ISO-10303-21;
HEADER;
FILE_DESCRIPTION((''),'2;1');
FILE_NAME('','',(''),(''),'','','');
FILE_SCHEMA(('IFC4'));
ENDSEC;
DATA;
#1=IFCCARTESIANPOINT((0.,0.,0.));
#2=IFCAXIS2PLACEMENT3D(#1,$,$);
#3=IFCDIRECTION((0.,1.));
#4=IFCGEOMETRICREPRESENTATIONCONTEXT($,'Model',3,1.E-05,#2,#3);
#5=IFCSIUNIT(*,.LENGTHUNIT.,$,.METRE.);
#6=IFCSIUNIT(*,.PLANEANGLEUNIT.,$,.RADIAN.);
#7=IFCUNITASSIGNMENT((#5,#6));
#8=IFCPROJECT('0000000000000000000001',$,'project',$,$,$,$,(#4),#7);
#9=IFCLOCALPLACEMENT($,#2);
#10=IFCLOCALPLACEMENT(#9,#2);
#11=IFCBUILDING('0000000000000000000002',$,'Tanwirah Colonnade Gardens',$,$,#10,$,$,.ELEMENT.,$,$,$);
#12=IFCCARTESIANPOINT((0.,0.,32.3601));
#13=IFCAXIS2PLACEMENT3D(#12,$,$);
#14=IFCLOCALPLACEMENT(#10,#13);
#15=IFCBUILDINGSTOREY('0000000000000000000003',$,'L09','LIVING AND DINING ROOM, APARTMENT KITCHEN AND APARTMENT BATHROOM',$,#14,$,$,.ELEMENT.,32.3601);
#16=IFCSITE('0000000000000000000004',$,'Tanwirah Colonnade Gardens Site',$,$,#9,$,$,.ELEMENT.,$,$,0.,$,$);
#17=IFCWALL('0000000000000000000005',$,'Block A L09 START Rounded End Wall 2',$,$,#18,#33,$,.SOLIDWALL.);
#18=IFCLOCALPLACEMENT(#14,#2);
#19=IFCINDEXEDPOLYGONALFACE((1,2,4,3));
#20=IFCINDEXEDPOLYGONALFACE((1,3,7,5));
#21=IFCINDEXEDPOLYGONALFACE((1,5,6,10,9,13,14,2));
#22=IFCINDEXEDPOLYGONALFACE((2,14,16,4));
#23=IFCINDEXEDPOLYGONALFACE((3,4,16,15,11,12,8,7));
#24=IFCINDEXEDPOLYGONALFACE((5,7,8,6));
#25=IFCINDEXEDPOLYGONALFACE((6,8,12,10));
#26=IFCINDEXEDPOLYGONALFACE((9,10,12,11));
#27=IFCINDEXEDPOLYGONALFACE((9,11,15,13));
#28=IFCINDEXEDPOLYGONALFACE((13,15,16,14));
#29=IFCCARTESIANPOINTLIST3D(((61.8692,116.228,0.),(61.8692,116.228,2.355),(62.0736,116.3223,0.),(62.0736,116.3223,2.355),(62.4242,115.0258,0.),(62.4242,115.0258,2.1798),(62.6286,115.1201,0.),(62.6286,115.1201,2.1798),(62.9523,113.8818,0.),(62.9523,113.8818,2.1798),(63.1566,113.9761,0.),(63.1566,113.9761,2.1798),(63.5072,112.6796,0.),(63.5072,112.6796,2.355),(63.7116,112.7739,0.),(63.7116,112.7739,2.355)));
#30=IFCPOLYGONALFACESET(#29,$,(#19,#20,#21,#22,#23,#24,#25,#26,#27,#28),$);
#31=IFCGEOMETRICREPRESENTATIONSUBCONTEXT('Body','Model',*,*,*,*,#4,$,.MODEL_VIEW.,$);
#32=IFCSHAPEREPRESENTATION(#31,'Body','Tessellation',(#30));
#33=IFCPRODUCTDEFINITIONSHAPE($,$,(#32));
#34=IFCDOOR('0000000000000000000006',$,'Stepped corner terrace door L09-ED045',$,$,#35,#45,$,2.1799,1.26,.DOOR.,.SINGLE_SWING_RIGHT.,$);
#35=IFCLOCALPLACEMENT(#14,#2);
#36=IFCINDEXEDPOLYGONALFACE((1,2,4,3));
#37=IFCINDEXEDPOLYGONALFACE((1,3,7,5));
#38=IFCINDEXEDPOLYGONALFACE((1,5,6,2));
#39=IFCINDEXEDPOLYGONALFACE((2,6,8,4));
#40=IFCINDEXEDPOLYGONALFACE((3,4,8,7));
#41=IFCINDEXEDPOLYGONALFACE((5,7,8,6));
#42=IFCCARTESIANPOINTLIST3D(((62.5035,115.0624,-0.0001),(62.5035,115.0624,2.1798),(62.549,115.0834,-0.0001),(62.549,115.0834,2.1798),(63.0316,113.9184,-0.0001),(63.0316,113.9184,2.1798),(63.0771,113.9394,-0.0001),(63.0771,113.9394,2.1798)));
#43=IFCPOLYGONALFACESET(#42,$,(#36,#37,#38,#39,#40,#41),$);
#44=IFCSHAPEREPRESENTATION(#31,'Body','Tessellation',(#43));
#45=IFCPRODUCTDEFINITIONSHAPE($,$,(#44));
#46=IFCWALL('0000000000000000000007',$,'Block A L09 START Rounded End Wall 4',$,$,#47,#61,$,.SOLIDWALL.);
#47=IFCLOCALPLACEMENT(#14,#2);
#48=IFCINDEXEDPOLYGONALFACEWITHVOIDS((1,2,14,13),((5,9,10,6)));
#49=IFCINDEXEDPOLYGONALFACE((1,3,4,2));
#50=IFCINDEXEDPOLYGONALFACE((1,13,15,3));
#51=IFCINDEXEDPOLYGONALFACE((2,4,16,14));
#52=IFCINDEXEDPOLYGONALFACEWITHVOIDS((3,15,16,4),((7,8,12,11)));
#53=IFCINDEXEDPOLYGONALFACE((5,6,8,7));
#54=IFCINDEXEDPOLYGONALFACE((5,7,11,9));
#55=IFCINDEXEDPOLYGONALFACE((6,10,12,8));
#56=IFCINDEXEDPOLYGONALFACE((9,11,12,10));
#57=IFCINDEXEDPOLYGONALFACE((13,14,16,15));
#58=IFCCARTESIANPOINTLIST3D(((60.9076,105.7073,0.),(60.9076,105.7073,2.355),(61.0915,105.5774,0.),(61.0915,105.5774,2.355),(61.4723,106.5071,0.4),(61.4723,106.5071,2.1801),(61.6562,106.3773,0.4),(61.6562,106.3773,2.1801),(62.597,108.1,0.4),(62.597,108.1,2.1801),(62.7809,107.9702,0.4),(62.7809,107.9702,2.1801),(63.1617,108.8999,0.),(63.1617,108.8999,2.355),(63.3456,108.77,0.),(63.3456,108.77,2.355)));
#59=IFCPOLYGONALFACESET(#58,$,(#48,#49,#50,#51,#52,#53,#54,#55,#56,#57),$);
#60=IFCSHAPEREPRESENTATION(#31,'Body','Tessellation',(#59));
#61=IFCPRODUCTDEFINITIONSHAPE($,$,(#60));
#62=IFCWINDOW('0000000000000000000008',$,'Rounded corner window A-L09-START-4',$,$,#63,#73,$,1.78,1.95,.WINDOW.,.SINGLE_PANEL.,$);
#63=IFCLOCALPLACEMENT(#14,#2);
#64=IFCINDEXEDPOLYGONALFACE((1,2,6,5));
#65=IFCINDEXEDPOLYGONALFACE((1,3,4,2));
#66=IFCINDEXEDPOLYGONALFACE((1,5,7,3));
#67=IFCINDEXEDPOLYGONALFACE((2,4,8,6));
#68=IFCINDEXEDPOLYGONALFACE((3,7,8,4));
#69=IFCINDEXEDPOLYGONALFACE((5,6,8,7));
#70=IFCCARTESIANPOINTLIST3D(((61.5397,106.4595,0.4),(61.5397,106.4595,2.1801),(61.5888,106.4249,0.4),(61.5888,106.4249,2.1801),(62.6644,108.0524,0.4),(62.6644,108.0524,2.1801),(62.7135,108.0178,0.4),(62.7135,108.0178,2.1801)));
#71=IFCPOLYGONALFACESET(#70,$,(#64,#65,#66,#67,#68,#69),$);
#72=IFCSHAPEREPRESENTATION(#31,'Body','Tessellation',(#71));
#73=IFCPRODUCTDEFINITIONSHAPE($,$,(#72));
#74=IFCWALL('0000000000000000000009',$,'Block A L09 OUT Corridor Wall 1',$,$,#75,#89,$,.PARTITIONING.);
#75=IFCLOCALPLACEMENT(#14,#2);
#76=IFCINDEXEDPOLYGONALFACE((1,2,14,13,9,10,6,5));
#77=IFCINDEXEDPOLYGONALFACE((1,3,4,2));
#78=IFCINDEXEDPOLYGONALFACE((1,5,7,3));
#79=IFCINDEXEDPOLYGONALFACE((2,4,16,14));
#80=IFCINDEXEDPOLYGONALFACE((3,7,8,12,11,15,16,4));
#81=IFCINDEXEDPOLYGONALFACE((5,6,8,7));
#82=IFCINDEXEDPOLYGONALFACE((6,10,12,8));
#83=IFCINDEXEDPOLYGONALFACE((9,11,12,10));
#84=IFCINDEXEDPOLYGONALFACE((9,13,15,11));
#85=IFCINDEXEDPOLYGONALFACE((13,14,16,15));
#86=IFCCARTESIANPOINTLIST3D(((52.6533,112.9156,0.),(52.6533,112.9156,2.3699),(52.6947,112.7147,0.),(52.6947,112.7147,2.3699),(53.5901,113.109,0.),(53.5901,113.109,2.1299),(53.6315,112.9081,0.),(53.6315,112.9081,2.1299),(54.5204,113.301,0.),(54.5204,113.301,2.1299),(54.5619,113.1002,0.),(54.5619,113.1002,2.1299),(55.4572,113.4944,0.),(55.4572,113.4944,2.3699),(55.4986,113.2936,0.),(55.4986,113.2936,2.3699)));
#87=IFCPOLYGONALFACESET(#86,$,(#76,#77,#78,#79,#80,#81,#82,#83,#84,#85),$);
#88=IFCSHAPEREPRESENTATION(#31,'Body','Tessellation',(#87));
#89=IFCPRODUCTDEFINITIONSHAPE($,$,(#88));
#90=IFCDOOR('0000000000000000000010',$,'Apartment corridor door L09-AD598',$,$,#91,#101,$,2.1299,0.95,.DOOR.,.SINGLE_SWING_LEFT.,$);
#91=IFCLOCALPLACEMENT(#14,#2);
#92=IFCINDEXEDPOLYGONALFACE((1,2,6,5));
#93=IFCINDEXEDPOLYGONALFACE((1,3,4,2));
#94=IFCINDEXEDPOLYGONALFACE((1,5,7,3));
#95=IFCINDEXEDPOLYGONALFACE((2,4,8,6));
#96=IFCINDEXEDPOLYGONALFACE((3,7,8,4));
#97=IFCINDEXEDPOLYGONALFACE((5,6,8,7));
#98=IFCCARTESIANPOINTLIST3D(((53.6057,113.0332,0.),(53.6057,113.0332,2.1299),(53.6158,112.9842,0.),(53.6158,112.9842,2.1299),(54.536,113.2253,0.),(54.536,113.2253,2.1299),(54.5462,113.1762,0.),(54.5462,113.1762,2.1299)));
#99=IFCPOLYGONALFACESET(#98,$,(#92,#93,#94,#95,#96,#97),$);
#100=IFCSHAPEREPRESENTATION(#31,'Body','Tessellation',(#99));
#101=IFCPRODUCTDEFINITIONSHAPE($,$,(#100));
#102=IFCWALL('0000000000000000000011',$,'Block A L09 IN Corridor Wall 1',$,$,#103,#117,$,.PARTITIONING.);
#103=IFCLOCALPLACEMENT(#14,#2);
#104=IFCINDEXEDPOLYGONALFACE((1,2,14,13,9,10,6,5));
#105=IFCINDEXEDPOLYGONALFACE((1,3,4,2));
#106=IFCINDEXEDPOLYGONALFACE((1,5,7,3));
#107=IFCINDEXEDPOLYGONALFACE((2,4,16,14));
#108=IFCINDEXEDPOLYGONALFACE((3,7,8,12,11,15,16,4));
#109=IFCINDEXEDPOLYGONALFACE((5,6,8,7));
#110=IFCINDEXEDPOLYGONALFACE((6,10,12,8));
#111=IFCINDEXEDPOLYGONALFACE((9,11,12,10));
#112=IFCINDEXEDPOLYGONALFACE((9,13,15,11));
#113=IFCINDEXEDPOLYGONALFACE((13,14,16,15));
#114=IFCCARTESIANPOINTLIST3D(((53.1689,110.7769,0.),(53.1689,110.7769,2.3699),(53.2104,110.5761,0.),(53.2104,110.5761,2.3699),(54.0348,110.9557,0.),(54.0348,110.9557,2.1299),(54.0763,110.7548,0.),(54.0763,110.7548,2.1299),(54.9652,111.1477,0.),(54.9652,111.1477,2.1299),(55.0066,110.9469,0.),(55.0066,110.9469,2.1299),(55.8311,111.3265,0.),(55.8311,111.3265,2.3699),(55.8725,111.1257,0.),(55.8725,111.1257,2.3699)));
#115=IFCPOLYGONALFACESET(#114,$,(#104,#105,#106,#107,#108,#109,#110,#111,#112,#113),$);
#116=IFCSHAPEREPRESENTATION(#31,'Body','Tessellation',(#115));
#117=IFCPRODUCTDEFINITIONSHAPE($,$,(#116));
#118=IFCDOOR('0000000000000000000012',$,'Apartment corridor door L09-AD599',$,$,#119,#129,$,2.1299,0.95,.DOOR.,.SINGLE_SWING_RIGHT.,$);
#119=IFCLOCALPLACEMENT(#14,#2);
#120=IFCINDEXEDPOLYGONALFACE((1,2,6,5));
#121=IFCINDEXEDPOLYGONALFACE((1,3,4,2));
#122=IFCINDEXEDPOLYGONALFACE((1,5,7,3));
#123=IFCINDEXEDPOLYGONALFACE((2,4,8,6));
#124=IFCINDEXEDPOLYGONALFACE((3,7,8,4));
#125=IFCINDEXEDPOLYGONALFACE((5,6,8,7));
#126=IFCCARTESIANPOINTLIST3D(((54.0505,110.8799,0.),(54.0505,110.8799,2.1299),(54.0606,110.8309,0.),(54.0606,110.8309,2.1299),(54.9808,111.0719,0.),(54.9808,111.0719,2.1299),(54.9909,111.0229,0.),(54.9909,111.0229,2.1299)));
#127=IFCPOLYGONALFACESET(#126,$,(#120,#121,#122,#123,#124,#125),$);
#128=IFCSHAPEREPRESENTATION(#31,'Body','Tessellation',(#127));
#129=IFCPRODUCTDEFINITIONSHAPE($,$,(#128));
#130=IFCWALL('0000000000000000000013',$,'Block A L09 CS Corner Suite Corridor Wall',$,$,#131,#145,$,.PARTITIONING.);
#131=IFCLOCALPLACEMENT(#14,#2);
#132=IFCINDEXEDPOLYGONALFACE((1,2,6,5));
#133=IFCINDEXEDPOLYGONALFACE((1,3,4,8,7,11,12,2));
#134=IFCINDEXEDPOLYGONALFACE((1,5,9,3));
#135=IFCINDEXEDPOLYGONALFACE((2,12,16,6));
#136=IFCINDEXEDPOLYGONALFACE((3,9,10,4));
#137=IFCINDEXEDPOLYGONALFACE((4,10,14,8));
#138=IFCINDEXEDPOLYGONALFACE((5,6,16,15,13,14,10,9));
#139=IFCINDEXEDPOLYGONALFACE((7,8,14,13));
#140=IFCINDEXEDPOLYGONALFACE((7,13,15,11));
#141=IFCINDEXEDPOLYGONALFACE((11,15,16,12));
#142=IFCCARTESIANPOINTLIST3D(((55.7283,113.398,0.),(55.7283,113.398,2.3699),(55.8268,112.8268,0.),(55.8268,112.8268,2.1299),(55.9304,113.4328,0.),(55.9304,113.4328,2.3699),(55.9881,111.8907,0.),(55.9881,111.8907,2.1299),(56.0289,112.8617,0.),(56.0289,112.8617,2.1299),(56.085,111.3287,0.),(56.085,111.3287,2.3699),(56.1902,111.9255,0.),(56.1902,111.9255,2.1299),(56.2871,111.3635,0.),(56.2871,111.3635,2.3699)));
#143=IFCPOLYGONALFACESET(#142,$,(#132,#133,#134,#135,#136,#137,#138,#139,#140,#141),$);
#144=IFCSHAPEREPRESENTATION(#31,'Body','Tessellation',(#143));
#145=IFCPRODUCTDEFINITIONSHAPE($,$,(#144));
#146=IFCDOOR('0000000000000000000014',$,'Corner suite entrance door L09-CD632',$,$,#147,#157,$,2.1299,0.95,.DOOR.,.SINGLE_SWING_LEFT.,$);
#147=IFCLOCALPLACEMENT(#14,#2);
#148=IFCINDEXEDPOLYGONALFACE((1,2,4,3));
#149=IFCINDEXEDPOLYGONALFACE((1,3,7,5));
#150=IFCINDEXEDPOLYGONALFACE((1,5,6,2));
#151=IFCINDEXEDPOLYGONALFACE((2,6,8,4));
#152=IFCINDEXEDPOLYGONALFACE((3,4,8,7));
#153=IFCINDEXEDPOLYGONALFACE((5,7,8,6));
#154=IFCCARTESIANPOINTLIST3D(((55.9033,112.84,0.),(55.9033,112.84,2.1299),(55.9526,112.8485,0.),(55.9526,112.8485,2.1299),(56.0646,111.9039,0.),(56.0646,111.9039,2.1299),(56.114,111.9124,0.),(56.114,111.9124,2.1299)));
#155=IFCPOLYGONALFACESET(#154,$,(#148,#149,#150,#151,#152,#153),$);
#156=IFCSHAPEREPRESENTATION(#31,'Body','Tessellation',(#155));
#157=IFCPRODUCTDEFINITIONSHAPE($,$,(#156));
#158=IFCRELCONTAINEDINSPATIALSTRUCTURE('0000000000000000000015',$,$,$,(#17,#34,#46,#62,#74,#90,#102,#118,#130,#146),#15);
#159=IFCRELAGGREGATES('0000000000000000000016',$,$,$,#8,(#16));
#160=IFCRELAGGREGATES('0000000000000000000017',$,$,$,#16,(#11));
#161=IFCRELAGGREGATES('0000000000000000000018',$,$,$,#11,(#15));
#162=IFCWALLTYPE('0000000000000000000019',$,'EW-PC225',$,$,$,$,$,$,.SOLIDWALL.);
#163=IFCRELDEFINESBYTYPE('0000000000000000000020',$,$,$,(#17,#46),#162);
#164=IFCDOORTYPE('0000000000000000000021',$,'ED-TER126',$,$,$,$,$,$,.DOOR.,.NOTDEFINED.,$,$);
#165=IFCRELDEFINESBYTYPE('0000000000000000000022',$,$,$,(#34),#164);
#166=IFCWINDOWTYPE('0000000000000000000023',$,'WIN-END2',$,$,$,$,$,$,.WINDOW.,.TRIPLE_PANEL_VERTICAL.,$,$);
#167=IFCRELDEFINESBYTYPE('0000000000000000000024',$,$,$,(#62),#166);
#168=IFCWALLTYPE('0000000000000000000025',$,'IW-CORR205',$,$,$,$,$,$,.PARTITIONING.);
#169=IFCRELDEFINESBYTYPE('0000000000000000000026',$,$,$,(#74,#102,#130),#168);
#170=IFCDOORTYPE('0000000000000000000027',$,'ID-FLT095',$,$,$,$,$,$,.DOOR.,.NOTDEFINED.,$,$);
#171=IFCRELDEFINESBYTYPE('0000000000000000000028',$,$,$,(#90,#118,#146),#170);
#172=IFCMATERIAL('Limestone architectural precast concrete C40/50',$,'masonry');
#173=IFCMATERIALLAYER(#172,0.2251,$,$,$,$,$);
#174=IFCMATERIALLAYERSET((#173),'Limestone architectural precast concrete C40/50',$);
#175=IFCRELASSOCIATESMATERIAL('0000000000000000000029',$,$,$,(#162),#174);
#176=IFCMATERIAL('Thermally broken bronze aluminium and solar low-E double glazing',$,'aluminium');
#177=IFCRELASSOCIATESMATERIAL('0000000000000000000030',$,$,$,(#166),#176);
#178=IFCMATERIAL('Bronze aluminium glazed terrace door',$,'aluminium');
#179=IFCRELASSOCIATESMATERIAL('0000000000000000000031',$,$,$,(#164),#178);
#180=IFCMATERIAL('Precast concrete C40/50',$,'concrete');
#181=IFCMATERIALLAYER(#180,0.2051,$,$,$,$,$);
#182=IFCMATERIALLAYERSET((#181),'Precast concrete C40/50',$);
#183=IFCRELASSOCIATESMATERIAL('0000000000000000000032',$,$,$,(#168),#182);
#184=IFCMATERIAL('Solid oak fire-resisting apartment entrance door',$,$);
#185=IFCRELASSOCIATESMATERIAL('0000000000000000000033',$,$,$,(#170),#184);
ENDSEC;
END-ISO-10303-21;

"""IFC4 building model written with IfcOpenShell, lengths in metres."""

from ifc_helpers import new_model, si_unit, direction, frame, frame_2d, origin, place, context, subcontext, project, spatial, rectangle, extrude, material, layer, layer_set, type_object, element, fill, save


model = new_model("IFC4")

# Units and contexts
model_context = context("Model", 3, precision=1e-05, world=origin(), true_north=direction((0.0, 1.0)))
body_context = subcontext(model_context, "Body", "Model", "MODEL_VIEW")
ifc_project = project(units=[si_unit("LENGTHUNIT", "METRE"), si_unit("PLANEANGLEUNIT", "RADIAN")], contexts=[model_context])

# Site, building, storey
site_placement = place(None, origin())
site = spatial("IfcSite", under=ifc_project, at=site_placement, Name="Tanwirah Colonnade Gardens Site", CompositionType="ELEMENT", RefElevation=0.0)
building_placement = place(site_placement, origin())
building = spatial("IfcBuilding", under=site, at=building_placement, Name="Tanwirah Colonnade Gardens", CompositionType="ELEMENT")
storey_placement = place(building_placement, frame((0.0, 0.0, 32.3601)))
storey = spatial("IfcBuildingStorey", under=building, at=storey_placement, Name="L09", Description="LIVING AND DINING ROOM, APARTMENT KITCHEN AND APARTMENT BATHROOM", CompositionType="ELEMENT", Elevation=32.3601)

# Shared definitions
ifc_material_1 = material(Name="Precast concrete C40/50", Category="concrete")

# Shared definitions
ifc_material_2 = material(Name="Limestone architectural precast concrete C40/50", Category="masonry")
ifc_layer_1 = layer(ifc_material_2, 0.2251)
ifc_layer_set_1 = layer_set([ifc_layer_1], Name="Limestone architectural precast concrete C40/50")
wall_type_1 = type_object("IfcWallType", Name="EW-PC225", PredefinedType="SOLIDWALL", material=ifc_layer_set_1)
ifc_material_3 = material(Name="Thermally broken bronze aluminium and solar low-E double glazing", Category="aluminium")
window_type = type_object("IfcWindowType", Name="WIN-END2", PartitioningType="TRIPLE_PANEL_VERTICAL", PredefinedType="WINDOW", material=ifc_material_3)

# Wall, opening, door
wall_1_placement = place(storey_placement, frame((61.9714, 116.2751, 0.0), z_axis=(0.0, 0.0, 1.0), x_axis=(0.41911, -0.907936, 0.0)))
wall_1 = element("IfcWall", 1, at=wall_1_placement, inside=storey, type_object=wall_type_1, Name="Block A L09 START Rounded End Wall 2", PredefinedType="SOLIDWALL", context=body_context, shape_type="SweptSolid", body=[
    extrude(rectangle(XDim=3.9082, YDim=0.2251, at=frame_2d((1.9541, 0.0))), origin(), (0.0, 0.0, 1.0), 2.355),
])
opening_1_placement = place(wall_1_placement, frame((1.3242, 0.0, 0.0)))
opening_1 = element("IfcOpeningElement", 2, at=opening_1_placement, cuts=wall_1, PredefinedType="OPENING", context=body_context, shape_type="SweptSolid", body=[
    extrude(rectangle(XDim=1.26, YDim=2.1799, at=frame_2d((0.6299, 1.0898))), frame((0.0, 0.1226, 0.0), z_axis=(0.0, -1.0, 0.0), x_axis=(1.0, 0.0, 0.0)), (0.0, 0.0, 1.0), 0.2451),
])
ifc_material_4 = material(Name="Bronze aluminium glazed terrace door", Category="aluminium")
door_type_1 = type_object("IfcDoorType", Name="ED-TER126", OperationType="NOTDEFINED", PredefinedType="DOOR", material=ifc_material_4)
door_1_placement = place(opening_1_placement, origin())
door_1 = element("IfcDoor", 3, at=door_1_placement, inside=storey, type_object=door_type_1, Name="Stepped corner terrace door L09-ED045", OperationType="SINGLE_SWING_RIGHT", OverallHeight=2.1799, OverallWidth=1.26, PredefinedType="DOOR", context=body_context, shape_type="SweptSolid", body=[
    extrude(rectangle(XDim=1.26, YDim=2.1799, at=frame_2d((0.6299, 1.0898))), frame((0.0, 0.0249, 0.0), z_axis=(0.0, -1.0, 0.0), x_axis=(1.0, 0.0, 0.0)), (0.0, 0.0, 1.0), 0.05),
])
fill(opening_1, door_1)

# Wall, opening, window
wall_2_placement = place(storey_placement, frame((63.2537, 108.835, 0.0), z_axis=(0.0, 0.0, 1.0), x_axis=(-0.576774, -0.816904, 0.0)))
wall_2 = element("IfcWall", 4, at=wall_2_placement, inside=storey, type_object=wall_type_1, Name="Block A L09 START Rounded End Wall 4", PredefinedType="SOLIDWALL", context=body_context, shape_type="SweptSolid", body=[
    extrude(rectangle(XDim=3.9082, YDim=0.2251, at=frame_2d((1.9541, 0.0))), origin(), (0.0, 0.0, 1.0), 2.355),
])
opening_2_placement = place(wall_2_placement, frame((0.979, 0.0, 0.3999)))
opening_2 = element("IfcOpeningElement", 5, at=opening_2_placement, cuts=wall_2, PredefinedType="OPENING", context=body_context, shape_type="SweptSolid", body=[
    extrude(rectangle(XDim=1.95, YDim=1.78, at=frame_2d((0.9751, 0.8901))), frame((0.0, 0.1226, 0.0), z_axis=(0.0, -1.0, 0.0), x_axis=(1.0, 0.0, 0.0)), (0.0, 0.0, 1.0), 0.2451),
])
window_1_placement = place(opening_2_placement, origin())
window_1 = element("IfcWindow", 6, at=window_1_placement, inside=storey, type_object=window_type, Name="Rounded corner window A-L09-START-4", OverallHeight=1.78, OverallWidth=1.95, PartitioningType="SINGLE_PANEL", PredefinedType="WINDOW", context=body_context, shape_type="SweptSolid", body=[
    extrude(rectangle(XDim=1.95, YDim=1.78, at=frame_2d((0.9751, 0.8901))), frame((0.0, 0.03, 0.0), z_axis=(0.0, -1.0, 0.0), x_axis=(1.0, 0.0, 0.0)), (0.0, 0.0, 1.0), 0.0601),
])
fill(opening_2, window_1)

# Walls, openings, doors
ifc_layer_2 = layer(ifc_material_1, 0.2051)
ifc_layer_set_2 = layer_set([ifc_layer_2], Name="Precast concrete C40/50")
wall_type_2 = type_object("IfcWallType", Name="IW-CORR205", PredefinedType="PARTITIONING", material=ifc_layer_set_2)
wall_3_placement = place(storey_placement, frame((55.478, 113.394, 0.0), z_axis=(0.0, 0.0, 1.0), x_axis=(-0.979348, -0.20218, 0.0)))
wall_3 = element("IfcWall", 7, at=wall_3_placement, inside=storey, type_object=wall_type_2, Name="Block A L09 OUT Corridor Wall 1", PredefinedType="PARTITIONING", context=body_context, shape_type="SweptSolid", body=[
    extrude(rectangle(XDim=2.863, YDim=0.2051, at=frame_2d((1.4316, 0.0))), origin(), (0.0, 0.0, 1.0), 2.3699),
])
opening_3_placement = place(wall_3_placement, frame((0.9565, 0.0, 0.0)))
opening_3 = element("IfcOpeningElement", 8, at=opening_3_placement, cuts=wall_3, PredefinedType="OPENING", context=body_context, shape_type="SweptSolid", body=[
    extrude(rectangle(XDim=0.95, YDim=2.1299, at=frame_2d((0.4751, 1.0649))), frame((0.0, 0.1125, 0.0), z_axis=(0.0, -1.0, 0.0), x_axis=(1.0, 0.0, 0.0)), (0.0, 0.0, 1.0), 0.2251),
])
ifc_material_5 = material(Name="Solid oak fire-resisting apartment entrance door")
door_type_2 = type_object("IfcDoorType", Name="ID-FLT095", OperationType="NOTDEFINED", PredefinedType="DOOR", material=ifc_material_5)
door_2_placement = place(opening_3_placement, origin())
door_2 = element("IfcDoor", 9, at=door_2_placement, inside=storey, type_object=door_type_2, Name="Apartment corridor door L09-AD598", OperationType="SINGLE_SWING_LEFT", OverallHeight=2.1299, OverallWidth=0.95, PredefinedType="DOOR", context=body_context, shape_type="SweptSolid", body=[
    extrude(rectangle(XDim=0.95, YDim=2.1299, at=frame_2d((0.4751, 1.0649))), frame((0.0, 0.0249, 0.0), z_axis=(0.0, -1.0, 0.0), x_axis=(1.0, 0.0, 0.0)), (0.0, 0.0, 1.0), 0.05),
])
fill(opening_3, door_2)
wall_4_placement = place(storey_placement, frame((55.8518, 111.2261, 0.0), z_axis=(0.0, 0.0, 1.0), x_axis=(-0.979349, -0.202175, 0.0)))
wall_4 = element("IfcWall", 10, at=wall_4_placement, inside=storey, type_object=wall_type_2, Name="Block A L09 IN Corridor Wall 1", PredefinedType="PARTITIONING", context=body_context, shape_type="SweptSolid", body=[
    extrude(rectangle(XDim=2.7183, YDim=0.2051, at=frame_2d((1.3591, 0.0))), origin(), (0.0, 0.0, 1.0), 2.3699),
])
opening_4_placement = place(wall_4_placement, frame((0.884, 0.0, 0.0)))
opening_4 = element("IfcOpeningElement", 11, at=opening_4_placement, cuts=wall_4, PredefinedType="OPENING", context=body_context, shape_type="SweptSolid", body=[
    extrude(rectangle(XDim=0.95, YDim=2.1299, at=frame_2d((0.4751, 1.0649))), frame((0.0, 0.1125, 0.0), z_axis=(0.0, -1.0, 0.0), x_axis=(1.0, 0.0, 0.0)), (0.0, 0.0, 1.0), 0.2251),
])
door_3_placement = place(opening_4_placement, origin())
door_3 = element("IfcDoor", 12, at=door_3_placement, inside=storey, type_object=door_type_2, Name="Apartment corridor door L09-AD599", OperationType="SINGLE_SWING_RIGHT", OverallHeight=2.1299, OverallWidth=0.95, PredefinedType="DOOR", context=body_context, shape_type="SweptSolid", body=[
    extrude(rectangle(XDim=0.95, YDim=2.1299, at=frame_2d((0.4751, 1.0649))), frame((0.0, 0.0249, 0.0), z_axis=(0.0, -1.0, 0.0), x_axis=(1.0, 0.0, 0.0)), (0.0, 0.0, 1.0), 0.05),
])
fill(opening_4, door_3)
wall_5_placement = place(storey_placement, frame((56.186, 111.3462, 0.0), z_axis=(0.0, 0.0, 1.0), x_axis=(-0.169864, 0.985467, 0.0)))
wall_5 = element("IfcWall", 13, at=wall_5_placement, inside=storey, type_object=wall_type_2, Name="Block A L09 CS Corner Suite Corridor Wall", PredefinedType="PARTITIONING", context=body_context, shape_type="SweptSolid", body=[
    extrude(rectangle(XDim=2.0999, YDim=0.2051, at=frame_2d((1.0498, 0.0))), origin(), (0.0, 0.0, 1.0), 2.3699),
])
opening_5_placement = place(wall_5_placement, frame((0.5701, 0.0, 0.0)))
opening_5 = element("IfcOpeningElement", 14, at=opening_5_placement, cuts=wall_5, PredefinedType="OPENING", context=body_context, shape_type="SweptSolid", body=[
    extrude(rectangle(XDim=0.95, YDim=2.1299, at=frame_2d((0.4751, 1.0649))), frame((0.0, 0.1125, 0.0), z_axis=(0.0, -1.0, 0.0), x_axis=(1.0, 0.0, 0.0)), (0.0, 0.0, 1.0), 0.2251),
])
door_4_placement = place(opening_5_placement, origin())
door_4 = element("IfcDoor", 15, at=door_4_placement, inside=storey, type_object=door_type_2, Name="Corner suite entrance door L09-CD632", OperationType="SINGLE_SWING_LEFT", OverallHeight=2.1299, OverallWidth=0.95, PredefinedType="DOOR", context=body_context, shape_type="SweptSolid", body=[
    extrude(rectangle(XDim=0.95, YDim=2.1299, at=frame_2d((0.4751, 1.0649))), frame((0.0, 0.0249, 0.0), z_axis=(0.0, -1.0, 0.0), x_axis=(1.0, 0.0, 0.0)), (0.0, 0.0, 1.0), 0.05),
])
fill(opening_5, door_4)

save(model, "model.ifc")
